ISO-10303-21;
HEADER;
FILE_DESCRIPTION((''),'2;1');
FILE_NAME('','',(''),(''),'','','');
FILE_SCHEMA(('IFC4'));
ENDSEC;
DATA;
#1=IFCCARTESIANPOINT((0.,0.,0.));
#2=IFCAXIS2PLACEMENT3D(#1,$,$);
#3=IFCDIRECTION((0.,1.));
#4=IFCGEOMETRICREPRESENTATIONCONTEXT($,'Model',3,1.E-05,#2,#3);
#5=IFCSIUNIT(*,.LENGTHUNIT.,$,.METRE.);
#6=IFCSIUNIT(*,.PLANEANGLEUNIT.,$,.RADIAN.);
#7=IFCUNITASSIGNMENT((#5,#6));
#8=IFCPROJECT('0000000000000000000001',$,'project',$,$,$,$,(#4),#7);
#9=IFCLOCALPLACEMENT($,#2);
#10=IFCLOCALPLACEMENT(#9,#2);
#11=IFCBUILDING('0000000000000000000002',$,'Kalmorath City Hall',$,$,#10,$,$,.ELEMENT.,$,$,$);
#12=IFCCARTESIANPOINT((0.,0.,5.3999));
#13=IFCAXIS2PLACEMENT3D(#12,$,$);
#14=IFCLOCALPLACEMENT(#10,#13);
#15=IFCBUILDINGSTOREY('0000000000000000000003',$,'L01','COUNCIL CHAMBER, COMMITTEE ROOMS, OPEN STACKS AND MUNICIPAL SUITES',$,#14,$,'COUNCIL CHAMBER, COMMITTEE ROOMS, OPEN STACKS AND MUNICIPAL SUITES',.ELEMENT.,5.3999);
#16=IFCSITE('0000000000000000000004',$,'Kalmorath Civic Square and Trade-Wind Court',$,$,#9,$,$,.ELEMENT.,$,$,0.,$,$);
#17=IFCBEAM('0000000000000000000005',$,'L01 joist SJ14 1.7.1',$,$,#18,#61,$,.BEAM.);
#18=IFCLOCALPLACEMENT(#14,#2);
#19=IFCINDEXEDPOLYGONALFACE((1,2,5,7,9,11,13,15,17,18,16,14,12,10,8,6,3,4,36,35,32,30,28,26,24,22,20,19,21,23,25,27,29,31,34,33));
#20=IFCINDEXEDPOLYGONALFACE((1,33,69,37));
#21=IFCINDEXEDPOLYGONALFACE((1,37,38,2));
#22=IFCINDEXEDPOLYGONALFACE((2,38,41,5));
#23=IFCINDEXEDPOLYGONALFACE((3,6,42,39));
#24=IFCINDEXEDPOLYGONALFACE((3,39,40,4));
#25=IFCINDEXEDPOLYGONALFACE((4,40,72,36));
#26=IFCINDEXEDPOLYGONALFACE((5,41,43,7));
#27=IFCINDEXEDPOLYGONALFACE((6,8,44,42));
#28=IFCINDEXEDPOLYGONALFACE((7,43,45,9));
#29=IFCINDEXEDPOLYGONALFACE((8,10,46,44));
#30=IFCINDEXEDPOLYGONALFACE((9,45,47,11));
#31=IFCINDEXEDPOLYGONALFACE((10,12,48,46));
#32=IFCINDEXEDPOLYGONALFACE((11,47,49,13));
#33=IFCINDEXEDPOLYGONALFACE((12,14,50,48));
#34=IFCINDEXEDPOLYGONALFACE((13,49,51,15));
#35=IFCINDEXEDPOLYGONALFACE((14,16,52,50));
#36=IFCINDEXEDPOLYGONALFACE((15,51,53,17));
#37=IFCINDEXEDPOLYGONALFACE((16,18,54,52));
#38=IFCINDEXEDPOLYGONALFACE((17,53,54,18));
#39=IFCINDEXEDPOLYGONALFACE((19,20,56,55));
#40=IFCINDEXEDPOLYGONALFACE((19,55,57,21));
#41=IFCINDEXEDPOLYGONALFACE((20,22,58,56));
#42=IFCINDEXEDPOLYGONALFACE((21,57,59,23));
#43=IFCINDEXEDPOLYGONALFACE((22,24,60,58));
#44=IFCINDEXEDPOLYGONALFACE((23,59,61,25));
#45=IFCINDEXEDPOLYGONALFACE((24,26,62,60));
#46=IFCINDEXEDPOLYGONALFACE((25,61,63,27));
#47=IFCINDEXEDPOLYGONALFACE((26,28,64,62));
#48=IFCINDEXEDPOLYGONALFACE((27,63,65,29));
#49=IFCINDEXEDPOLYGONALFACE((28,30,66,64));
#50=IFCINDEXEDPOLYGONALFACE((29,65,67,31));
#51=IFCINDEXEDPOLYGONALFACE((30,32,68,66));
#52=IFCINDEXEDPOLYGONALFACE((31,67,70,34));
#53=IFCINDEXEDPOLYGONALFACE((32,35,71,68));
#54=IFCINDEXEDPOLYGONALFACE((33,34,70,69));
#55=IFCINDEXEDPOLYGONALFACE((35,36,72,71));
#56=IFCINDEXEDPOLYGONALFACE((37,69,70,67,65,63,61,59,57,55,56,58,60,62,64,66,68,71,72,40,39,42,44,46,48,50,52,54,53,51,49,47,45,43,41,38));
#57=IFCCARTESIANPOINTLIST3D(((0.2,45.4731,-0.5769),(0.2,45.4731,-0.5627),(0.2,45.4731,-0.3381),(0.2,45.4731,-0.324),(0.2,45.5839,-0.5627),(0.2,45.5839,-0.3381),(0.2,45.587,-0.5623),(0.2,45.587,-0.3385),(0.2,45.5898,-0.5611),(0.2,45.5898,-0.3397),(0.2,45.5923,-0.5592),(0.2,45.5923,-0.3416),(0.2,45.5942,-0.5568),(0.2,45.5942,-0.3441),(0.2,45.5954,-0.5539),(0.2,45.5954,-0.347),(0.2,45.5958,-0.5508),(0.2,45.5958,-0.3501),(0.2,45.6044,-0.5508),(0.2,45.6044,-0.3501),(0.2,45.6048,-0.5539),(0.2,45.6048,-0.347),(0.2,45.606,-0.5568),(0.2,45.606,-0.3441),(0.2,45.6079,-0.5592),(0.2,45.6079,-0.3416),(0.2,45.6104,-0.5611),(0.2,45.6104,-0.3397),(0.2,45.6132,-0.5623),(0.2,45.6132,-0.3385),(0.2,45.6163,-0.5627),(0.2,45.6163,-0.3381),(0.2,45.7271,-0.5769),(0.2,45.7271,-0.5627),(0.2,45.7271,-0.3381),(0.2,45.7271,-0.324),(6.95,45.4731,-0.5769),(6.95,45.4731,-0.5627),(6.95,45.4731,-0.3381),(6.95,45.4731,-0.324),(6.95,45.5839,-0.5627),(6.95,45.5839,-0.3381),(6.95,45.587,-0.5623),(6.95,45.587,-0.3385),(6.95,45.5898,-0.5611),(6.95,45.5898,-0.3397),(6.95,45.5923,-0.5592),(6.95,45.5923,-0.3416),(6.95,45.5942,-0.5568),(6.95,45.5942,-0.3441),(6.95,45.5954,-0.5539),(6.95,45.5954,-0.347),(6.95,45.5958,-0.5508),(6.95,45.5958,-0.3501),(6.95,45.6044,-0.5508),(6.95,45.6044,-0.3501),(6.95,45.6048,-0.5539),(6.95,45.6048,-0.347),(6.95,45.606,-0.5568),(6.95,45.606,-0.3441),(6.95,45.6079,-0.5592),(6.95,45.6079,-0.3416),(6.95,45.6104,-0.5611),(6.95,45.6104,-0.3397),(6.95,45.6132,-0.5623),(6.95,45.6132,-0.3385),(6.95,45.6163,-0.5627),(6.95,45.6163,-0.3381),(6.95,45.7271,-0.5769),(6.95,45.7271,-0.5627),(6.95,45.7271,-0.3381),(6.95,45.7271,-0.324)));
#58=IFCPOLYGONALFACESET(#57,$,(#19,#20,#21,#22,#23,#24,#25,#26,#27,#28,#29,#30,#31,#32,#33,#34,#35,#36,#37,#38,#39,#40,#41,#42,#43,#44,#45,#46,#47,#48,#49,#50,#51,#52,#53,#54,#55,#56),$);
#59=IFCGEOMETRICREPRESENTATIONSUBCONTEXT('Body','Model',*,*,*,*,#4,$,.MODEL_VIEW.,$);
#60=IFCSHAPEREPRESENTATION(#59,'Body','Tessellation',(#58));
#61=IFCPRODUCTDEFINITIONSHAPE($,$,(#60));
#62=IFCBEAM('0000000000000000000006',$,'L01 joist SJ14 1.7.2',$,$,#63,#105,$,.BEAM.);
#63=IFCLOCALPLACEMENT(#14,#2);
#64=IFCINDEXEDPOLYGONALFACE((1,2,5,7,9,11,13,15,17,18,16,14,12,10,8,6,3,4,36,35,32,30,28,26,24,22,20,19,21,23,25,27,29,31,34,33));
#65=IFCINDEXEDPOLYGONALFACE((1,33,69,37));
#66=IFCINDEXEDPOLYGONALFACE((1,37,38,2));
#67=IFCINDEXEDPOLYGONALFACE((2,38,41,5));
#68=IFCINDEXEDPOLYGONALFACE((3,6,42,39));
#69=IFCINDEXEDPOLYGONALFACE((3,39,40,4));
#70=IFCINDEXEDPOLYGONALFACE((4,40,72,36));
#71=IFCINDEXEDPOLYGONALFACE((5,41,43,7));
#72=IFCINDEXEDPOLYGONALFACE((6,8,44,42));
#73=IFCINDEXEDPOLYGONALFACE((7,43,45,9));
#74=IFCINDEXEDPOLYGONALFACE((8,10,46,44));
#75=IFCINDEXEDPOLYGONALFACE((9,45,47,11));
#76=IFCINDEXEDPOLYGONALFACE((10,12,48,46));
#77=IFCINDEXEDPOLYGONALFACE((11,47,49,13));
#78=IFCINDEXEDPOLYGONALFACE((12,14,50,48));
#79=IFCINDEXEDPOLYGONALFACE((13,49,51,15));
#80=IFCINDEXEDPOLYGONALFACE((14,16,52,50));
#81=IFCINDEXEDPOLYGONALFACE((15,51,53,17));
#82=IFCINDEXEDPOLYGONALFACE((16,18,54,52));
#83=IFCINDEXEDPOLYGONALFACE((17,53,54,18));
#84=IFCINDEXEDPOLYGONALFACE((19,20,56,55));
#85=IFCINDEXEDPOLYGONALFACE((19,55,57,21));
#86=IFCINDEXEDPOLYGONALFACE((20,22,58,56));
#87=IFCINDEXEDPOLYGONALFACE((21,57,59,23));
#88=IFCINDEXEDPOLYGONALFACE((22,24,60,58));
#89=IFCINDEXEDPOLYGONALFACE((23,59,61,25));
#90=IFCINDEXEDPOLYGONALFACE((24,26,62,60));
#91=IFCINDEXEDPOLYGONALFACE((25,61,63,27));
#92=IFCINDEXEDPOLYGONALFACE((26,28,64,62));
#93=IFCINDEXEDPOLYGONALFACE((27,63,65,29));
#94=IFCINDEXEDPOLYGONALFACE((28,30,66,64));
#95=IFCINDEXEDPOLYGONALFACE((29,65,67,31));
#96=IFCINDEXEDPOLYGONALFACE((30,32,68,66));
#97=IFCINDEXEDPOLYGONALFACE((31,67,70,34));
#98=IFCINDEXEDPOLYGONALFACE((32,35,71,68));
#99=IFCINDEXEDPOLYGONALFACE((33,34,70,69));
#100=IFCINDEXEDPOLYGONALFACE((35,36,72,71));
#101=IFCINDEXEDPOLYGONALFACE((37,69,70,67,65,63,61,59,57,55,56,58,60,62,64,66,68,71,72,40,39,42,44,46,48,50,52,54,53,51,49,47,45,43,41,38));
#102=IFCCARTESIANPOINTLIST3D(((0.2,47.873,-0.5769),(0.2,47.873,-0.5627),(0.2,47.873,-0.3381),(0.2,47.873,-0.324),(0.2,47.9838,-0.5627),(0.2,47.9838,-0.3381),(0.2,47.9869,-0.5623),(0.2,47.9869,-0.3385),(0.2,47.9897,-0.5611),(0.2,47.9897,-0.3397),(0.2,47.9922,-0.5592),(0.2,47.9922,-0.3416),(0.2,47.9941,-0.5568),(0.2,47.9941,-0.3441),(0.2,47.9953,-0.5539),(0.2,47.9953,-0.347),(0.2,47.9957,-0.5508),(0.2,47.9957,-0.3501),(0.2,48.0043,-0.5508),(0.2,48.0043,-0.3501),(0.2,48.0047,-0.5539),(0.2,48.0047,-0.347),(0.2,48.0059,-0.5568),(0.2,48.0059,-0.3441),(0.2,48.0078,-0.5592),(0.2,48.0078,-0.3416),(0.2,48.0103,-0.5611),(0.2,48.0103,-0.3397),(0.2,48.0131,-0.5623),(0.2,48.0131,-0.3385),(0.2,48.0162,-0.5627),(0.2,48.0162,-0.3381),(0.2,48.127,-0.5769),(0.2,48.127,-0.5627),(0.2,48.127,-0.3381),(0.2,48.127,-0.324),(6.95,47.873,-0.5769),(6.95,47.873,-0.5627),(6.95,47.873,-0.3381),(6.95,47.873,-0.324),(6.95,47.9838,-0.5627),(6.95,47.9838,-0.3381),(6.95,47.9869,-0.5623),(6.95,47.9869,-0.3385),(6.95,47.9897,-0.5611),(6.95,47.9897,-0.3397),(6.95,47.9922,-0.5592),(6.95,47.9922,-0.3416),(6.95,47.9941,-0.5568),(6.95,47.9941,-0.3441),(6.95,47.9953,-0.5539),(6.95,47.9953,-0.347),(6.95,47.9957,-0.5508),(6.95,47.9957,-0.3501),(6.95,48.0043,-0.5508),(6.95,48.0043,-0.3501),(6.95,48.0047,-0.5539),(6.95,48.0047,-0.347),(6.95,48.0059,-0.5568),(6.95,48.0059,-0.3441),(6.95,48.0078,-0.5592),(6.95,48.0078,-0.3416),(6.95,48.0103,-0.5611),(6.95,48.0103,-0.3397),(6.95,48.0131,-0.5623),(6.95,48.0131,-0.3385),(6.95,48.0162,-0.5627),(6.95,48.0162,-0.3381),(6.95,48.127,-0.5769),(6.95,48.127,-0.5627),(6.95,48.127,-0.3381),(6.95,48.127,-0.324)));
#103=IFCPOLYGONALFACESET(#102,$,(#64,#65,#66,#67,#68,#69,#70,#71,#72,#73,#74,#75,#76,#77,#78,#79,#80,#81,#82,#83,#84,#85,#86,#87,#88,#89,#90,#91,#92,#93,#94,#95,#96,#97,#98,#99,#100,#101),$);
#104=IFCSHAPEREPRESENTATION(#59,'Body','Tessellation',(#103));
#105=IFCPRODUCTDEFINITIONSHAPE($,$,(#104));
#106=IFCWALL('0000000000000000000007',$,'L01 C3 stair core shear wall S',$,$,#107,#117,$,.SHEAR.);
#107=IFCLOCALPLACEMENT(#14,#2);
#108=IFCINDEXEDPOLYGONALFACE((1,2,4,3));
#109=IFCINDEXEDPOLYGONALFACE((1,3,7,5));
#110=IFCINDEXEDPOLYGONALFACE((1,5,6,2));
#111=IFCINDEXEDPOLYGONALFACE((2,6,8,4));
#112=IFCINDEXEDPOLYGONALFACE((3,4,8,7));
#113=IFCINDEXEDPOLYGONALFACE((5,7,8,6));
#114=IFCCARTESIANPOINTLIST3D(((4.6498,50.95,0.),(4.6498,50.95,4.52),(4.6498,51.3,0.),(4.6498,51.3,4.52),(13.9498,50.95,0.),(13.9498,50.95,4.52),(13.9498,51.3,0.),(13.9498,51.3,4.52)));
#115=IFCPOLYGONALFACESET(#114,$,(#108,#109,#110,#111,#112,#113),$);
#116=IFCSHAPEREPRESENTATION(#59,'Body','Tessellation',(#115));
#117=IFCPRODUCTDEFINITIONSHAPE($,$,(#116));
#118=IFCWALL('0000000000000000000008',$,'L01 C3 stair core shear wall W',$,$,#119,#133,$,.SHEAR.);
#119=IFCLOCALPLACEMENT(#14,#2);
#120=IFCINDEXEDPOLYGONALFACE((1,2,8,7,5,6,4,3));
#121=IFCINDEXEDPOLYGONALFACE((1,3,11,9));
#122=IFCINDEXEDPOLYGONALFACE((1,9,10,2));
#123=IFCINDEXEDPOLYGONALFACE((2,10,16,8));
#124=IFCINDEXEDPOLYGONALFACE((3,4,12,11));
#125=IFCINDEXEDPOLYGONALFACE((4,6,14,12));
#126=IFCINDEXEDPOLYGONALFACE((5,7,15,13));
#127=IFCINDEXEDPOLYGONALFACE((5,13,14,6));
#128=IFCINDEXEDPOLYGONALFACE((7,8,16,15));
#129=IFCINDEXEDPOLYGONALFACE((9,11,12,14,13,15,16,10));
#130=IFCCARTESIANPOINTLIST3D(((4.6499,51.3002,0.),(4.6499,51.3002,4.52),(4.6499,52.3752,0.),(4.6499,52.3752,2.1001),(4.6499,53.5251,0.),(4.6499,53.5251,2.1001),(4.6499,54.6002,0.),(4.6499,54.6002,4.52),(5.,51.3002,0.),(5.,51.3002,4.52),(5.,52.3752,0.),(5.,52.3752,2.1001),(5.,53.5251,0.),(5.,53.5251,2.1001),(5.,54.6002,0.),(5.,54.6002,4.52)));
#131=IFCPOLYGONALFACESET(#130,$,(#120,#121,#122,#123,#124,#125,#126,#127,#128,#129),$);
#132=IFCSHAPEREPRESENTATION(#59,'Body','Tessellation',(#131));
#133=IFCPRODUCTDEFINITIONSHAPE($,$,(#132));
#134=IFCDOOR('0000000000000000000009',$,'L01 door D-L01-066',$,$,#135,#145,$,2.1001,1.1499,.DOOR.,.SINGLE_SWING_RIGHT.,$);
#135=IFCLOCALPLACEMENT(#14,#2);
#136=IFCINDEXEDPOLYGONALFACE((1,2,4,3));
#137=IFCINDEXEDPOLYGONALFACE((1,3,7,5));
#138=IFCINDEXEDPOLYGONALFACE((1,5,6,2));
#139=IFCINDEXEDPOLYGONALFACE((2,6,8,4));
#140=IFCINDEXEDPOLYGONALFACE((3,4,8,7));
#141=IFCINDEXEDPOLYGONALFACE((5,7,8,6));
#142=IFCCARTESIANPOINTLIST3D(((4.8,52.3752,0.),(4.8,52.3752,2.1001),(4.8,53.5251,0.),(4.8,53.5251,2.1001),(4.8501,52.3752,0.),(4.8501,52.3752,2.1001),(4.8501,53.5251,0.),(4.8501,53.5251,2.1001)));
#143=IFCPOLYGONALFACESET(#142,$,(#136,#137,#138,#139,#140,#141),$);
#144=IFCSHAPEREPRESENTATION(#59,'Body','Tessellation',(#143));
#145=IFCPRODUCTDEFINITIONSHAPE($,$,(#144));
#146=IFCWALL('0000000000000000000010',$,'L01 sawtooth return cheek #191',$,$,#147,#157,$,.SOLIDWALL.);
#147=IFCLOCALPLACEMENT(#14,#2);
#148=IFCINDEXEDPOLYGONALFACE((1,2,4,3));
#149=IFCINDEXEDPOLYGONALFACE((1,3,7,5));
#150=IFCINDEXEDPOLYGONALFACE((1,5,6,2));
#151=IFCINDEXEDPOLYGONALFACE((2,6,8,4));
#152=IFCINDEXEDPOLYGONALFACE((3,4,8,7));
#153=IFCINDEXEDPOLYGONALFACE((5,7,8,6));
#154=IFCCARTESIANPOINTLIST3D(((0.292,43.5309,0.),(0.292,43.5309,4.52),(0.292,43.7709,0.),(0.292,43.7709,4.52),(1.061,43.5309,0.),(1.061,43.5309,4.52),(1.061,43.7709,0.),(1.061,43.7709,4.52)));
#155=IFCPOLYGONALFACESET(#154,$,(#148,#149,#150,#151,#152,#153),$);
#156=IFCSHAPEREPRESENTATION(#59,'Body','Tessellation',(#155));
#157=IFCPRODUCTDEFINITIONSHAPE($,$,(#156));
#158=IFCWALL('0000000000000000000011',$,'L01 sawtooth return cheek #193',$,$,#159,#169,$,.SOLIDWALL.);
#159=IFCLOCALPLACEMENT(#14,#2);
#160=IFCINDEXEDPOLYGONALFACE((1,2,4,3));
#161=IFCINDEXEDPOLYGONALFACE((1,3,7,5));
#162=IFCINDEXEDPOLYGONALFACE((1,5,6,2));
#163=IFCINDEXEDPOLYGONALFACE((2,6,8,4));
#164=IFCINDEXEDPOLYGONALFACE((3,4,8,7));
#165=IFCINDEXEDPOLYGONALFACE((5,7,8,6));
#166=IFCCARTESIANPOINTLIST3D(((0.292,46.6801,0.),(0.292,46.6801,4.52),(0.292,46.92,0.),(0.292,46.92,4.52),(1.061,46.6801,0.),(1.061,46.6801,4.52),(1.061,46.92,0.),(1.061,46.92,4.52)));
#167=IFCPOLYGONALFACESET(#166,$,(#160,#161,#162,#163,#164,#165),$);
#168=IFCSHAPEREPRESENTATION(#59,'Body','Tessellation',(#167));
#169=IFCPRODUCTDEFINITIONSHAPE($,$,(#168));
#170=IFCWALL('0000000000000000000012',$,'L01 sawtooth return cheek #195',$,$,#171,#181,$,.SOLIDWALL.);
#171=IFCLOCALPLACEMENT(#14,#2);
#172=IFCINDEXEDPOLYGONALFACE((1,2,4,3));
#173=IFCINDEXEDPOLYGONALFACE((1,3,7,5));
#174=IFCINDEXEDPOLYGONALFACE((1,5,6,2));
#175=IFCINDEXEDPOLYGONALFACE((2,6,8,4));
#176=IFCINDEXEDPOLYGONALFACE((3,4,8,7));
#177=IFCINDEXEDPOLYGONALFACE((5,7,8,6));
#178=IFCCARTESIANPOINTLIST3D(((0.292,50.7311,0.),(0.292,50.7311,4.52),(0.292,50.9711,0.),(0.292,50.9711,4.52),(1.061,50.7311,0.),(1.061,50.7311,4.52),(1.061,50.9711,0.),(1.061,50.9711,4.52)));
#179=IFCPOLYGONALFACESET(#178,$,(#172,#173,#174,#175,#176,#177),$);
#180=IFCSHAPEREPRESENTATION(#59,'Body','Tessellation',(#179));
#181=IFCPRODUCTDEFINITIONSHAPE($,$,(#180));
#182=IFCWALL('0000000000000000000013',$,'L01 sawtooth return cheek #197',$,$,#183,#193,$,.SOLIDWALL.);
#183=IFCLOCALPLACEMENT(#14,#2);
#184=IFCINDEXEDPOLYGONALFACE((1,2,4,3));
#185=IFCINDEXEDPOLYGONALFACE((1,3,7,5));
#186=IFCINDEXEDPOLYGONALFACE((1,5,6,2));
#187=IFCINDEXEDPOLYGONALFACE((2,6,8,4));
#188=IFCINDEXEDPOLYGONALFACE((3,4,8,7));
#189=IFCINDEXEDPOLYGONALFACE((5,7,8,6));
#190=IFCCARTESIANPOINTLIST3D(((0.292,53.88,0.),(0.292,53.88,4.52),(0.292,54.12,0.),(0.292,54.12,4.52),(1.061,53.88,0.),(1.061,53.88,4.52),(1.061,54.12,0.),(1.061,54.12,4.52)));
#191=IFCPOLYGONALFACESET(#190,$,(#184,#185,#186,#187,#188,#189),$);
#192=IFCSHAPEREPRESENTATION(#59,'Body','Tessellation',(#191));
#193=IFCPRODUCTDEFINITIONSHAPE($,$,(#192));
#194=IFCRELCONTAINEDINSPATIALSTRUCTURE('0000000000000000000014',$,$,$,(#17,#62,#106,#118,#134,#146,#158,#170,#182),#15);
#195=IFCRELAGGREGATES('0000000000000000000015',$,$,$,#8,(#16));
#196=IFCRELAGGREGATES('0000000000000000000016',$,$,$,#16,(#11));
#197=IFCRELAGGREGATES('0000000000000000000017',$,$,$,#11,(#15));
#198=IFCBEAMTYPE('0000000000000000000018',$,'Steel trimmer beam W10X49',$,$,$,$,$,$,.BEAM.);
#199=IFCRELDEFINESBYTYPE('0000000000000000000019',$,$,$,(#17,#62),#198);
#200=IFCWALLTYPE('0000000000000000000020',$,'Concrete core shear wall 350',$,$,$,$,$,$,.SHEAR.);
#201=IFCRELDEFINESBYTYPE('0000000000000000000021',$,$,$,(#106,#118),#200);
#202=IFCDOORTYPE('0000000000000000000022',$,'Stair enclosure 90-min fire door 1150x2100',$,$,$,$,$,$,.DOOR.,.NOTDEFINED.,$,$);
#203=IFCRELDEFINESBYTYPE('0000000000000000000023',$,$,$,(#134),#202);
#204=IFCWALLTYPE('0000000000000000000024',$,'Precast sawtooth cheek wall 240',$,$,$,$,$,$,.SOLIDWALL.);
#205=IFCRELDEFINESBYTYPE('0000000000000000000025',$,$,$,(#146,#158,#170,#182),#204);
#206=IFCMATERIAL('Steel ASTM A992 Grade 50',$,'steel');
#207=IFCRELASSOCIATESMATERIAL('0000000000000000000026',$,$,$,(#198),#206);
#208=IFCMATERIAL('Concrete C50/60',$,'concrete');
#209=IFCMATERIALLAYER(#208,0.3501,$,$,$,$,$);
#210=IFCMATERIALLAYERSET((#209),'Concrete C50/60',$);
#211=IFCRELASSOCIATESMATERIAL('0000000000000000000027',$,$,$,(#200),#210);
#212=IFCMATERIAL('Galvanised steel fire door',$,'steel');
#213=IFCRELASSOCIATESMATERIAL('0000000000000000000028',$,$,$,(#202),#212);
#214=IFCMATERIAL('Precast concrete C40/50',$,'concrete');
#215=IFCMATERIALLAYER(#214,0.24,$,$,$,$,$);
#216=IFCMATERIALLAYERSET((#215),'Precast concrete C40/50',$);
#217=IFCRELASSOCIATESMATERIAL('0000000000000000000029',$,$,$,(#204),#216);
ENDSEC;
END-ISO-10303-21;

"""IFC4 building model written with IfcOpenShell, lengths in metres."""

from ifc_helpers import new_model, si_unit, direction, frame, frame_2d, origin, origin_2d, place, context, subcontext, project, spatial, rectangle, i_section, extrude, material, layer, layer_set, material_profile, profile_set, type_object, element, fill, save


model = new_model("IFC4")

# Units and contexts
model_context = context("Model", 3, precision=1e-05, world=origin(), true_north=direction((0.0, 1.0)))
body_context = subcontext(model_context, "Body", "Model", "MODEL_VIEW")
ifc_project = project(units=[si_unit("LENGTHUNIT", "METRE"), si_unit("PLANEANGLEUNIT", "RADIAN")], contexts=[model_context])

# Site, building, storey
site_placement = place(None, origin())
site = spatial("IfcSite", under=ifc_project, at=site_placement, Name="Kalmorath Civic Square and Trade-Wind Court", CompositionType="ELEMENT", RefElevation=0.0)
building_placement = place(site_placement, origin())
building = spatial("IfcBuilding", under=site, at=building_placement, Name="Kalmorath City Hall", CompositionType="ELEMENT")
storey_placement = place(building_placement, frame((0.0, 0.0, 5.3999)))
storey = spatial("IfcBuildingStorey", under=building, at=storey_placement, Name="L01", Description="COUNCIL CHAMBER, COMMITTEE ROOMS, OPEN STACKS AND MUNICIPAL SUITES", LongName="COUNCIL CHAMBER, COMMITTEE ROOMS, OPEN STACKS AND MUNICIPAL SUITES", CompositionType="ELEMENT", Elevation=5.3999)

# Beams
ifc_material_1 = material(Name="Steel ASTM A992 Grade 50", Category="steel")
ifc_material_profile_1 = material_profile(ifc_material_1, i_section(OverallWidth=0.2539, OverallDepth=0.2529, WebThickness=0.0085, FlangeThickness=0.0142, FilletRadius=0.012, at=origin_2d()), Name="W10X49")
ifc_profile_set_1 = profile_set([ifc_material_profile_1], Name="Steel ASTM A992 Grade 50")
beam_type_1 = type_object("IfcBeamType", Name="Steel trimmer beam W10X49", PredefinedType="BEAM", material=ifc_profile_set_1)
for number, where, z_axis, x_axis, name in (
    (1, (0.2, 45.6001, -0.4504), (1.0, 0.0, 0.0), (0.0, 1.0, 0.0), "L01 joist SJ14 1.7.1"),
    (2, (0.2, 48.0, -0.4504), (1.0, 0.0, 0.0), (0.0, 1.0, 0.0), "L01 joist SJ14 1.7.2"),
):
    element("IfcBeam", number, at=place(storey_placement, frame(where, z_axis=z_axis, x_axis=x_axis)), inside=storey, type_object=beam_type_1, Name=name, PredefinedType="BEAM", context=body_context, shape_type="SweptSolid", body=[
        extrude(i_section(OverallWidth=0.2539, OverallDepth=0.2529, WebThickness=0.0085, FlangeThickness=0.0142, FilletRadius=0.012, at=origin_2d()), origin(), (0.0, 0.0, 1.0), 6.75),
    ])

# Wall
ifc_material_2 = material(Name="Concrete C50/60", Category="concrete")
ifc_layer_1 = layer(ifc_material_2, 0.3501)
ifc_layer_set_1 = layer_set([ifc_layer_1], Name="Concrete C50/60")
wall_type_1 = type_object("IfcWallType", Name="Concrete core shear wall 350", PredefinedType="SHEAR", material=ifc_layer_set_1)
wall_1_placement = place(storey_placement, frame((4.6499, 51.125, 0.0), z_axis=(0.0, 0.0, 1.0), x_axis=(1.0, 0.0, 0.0)))
element("IfcWall", 3, at=wall_1_placement, inside=storey, type_object=wall_type_1, Name="L01 C3 stair core shear wall S", PredefinedType="SHEAR", context=body_context, shape_type="SweptSolid", body=[
    extrude(rectangle(XDim=9.3, YDim=0.3501, at=frame_2d((4.6499, 0.0))), origin(), (0.0, 0.0, 1.0), 4.52),
])

# Wall, opening, door
wall_2_placement = place(storey_placement, frame((4.825, 54.6001, 0.0), z_axis=(0.0, 0.0, 1.0), x_axis=(0.0, -1.0, 0.0)))
wall_2 = element("IfcWall", 4, at=wall_2_placement, inside=storey, type_object=wall_type_1, Name="L01 C3 stair core shear wall W", PredefinedType="SHEAR", context=body_context, shape_type="SweptSolid", body=[
    extrude(rectangle(XDim=3.3, YDim=0.3501, at=frame_2d((1.6499, 0.0))), origin(), (0.0, 0.0, 1.0), 4.52),
])
opening_1_placement = place(wall_2_placement, frame((1.075, 0.0, 0.0)))
opening_1 = element("IfcOpeningElement", 5, at=opening_1_placement, cuts=wall_2, PredefinedType="OPENING", context=body_context, shape_type="SweptSolid", body=[
    extrude(rectangle(XDim=1.1499, YDim=2.1001, at=frame_2d((0.575, 1.05))), frame((0.0, 0.1851, 0.0), z_axis=(0.0, -1.0, 0.0), x_axis=(1.0, 0.0, 0.0)), (0.0, 0.0, 1.0), 0.3701),
])
ifc_material_3 = material(Name="Galvanised steel fire door", Category="steel")
door_type = type_object("IfcDoorType", Name="Stair enclosure 90-min fire door 1150x2100", OperationType="NOTDEFINED", PredefinedType="DOOR", material=ifc_material_3)
door_placement = place(opening_1_placement, frame((1.1499, 0.0, 0.0), z_axis=(0.0, 0.0, 1.0), x_axis=(-1.0, 0.0, 0.0)))
door = element("IfcDoor", 6, at=door_placement, inside=storey, type_object=door_type, Name="L01 door D-L01-066", OperationType="SINGLE_SWING_RIGHT", OverallHeight=2.1001, OverallWidth=1.1499, PredefinedType="DOOR", context=body_context, shape_type="SweptSolid", body=[
    extrude(rectangle(XDim=1.1499, YDim=2.1001, at=frame_2d((0.575, 1.05))), frame((0.0, 0.0249, 0.0), z_axis=(0.0, -1.0, 0.0), x_axis=(1.0, 0.0, 0.0)), (0.0, 0.0, 1.0), 0.05),
])
fill(opening_1, door)

# Walls
ifc_material_4 = material(Name="Precast concrete C40/50", Category="concrete")
ifc_layer_2 = layer(ifc_material_4, 0.24)
ifc_layer_set_2 = layer_set([ifc_layer_2], Name="Precast concrete C40/50")
wall_type_2 = type_object("IfcWallType", Name="Precast sawtooth cheek wall 240", PredefinedType="SOLIDWALL", material=ifc_layer_set_2)
for number, where, z_axis, x_axis, name in (
    (7, (1.061, 43.6509, 0.0), (0.0, 0.0, 1.0), (-1.0, 0.0, 0.0), "L01 sawtooth return cheek #191"),
    (8, (1.061, 46.8, 0.0), (0.0, 0.0, 1.0), (-1.0, 0.0, 0.0), "L01 sawtooth return cheek #193"),
    (9, (1.061, 50.8511, 0.0), (0.0, 0.0, 1.0), (-1.0, 0.0, 0.0), "L01 sawtooth return cheek #195"),
    (10, (1.061, 54.0, 0.0), (0.0, 0.0, 1.0), (-1.0, 0.0, 0.0), "L01 sawtooth return cheek #197"),
):
    element("IfcWall", number, at=place(storey_placement, frame(where, z_axis=z_axis, x_axis=x_axis)), inside=storey, type_object=wall_type_2, Name=name, PredefinedType="SOLIDWALL", context=body_context, shape_type="SweptSolid", body=[
        extrude(rectangle(XDim=0.769, YDim=0.24, at=frame_2d((0.3845, 0.0))), origin(), (0.0, 0.0, 1.0), 4.52),
    ])

save(model, "model.ifc")
